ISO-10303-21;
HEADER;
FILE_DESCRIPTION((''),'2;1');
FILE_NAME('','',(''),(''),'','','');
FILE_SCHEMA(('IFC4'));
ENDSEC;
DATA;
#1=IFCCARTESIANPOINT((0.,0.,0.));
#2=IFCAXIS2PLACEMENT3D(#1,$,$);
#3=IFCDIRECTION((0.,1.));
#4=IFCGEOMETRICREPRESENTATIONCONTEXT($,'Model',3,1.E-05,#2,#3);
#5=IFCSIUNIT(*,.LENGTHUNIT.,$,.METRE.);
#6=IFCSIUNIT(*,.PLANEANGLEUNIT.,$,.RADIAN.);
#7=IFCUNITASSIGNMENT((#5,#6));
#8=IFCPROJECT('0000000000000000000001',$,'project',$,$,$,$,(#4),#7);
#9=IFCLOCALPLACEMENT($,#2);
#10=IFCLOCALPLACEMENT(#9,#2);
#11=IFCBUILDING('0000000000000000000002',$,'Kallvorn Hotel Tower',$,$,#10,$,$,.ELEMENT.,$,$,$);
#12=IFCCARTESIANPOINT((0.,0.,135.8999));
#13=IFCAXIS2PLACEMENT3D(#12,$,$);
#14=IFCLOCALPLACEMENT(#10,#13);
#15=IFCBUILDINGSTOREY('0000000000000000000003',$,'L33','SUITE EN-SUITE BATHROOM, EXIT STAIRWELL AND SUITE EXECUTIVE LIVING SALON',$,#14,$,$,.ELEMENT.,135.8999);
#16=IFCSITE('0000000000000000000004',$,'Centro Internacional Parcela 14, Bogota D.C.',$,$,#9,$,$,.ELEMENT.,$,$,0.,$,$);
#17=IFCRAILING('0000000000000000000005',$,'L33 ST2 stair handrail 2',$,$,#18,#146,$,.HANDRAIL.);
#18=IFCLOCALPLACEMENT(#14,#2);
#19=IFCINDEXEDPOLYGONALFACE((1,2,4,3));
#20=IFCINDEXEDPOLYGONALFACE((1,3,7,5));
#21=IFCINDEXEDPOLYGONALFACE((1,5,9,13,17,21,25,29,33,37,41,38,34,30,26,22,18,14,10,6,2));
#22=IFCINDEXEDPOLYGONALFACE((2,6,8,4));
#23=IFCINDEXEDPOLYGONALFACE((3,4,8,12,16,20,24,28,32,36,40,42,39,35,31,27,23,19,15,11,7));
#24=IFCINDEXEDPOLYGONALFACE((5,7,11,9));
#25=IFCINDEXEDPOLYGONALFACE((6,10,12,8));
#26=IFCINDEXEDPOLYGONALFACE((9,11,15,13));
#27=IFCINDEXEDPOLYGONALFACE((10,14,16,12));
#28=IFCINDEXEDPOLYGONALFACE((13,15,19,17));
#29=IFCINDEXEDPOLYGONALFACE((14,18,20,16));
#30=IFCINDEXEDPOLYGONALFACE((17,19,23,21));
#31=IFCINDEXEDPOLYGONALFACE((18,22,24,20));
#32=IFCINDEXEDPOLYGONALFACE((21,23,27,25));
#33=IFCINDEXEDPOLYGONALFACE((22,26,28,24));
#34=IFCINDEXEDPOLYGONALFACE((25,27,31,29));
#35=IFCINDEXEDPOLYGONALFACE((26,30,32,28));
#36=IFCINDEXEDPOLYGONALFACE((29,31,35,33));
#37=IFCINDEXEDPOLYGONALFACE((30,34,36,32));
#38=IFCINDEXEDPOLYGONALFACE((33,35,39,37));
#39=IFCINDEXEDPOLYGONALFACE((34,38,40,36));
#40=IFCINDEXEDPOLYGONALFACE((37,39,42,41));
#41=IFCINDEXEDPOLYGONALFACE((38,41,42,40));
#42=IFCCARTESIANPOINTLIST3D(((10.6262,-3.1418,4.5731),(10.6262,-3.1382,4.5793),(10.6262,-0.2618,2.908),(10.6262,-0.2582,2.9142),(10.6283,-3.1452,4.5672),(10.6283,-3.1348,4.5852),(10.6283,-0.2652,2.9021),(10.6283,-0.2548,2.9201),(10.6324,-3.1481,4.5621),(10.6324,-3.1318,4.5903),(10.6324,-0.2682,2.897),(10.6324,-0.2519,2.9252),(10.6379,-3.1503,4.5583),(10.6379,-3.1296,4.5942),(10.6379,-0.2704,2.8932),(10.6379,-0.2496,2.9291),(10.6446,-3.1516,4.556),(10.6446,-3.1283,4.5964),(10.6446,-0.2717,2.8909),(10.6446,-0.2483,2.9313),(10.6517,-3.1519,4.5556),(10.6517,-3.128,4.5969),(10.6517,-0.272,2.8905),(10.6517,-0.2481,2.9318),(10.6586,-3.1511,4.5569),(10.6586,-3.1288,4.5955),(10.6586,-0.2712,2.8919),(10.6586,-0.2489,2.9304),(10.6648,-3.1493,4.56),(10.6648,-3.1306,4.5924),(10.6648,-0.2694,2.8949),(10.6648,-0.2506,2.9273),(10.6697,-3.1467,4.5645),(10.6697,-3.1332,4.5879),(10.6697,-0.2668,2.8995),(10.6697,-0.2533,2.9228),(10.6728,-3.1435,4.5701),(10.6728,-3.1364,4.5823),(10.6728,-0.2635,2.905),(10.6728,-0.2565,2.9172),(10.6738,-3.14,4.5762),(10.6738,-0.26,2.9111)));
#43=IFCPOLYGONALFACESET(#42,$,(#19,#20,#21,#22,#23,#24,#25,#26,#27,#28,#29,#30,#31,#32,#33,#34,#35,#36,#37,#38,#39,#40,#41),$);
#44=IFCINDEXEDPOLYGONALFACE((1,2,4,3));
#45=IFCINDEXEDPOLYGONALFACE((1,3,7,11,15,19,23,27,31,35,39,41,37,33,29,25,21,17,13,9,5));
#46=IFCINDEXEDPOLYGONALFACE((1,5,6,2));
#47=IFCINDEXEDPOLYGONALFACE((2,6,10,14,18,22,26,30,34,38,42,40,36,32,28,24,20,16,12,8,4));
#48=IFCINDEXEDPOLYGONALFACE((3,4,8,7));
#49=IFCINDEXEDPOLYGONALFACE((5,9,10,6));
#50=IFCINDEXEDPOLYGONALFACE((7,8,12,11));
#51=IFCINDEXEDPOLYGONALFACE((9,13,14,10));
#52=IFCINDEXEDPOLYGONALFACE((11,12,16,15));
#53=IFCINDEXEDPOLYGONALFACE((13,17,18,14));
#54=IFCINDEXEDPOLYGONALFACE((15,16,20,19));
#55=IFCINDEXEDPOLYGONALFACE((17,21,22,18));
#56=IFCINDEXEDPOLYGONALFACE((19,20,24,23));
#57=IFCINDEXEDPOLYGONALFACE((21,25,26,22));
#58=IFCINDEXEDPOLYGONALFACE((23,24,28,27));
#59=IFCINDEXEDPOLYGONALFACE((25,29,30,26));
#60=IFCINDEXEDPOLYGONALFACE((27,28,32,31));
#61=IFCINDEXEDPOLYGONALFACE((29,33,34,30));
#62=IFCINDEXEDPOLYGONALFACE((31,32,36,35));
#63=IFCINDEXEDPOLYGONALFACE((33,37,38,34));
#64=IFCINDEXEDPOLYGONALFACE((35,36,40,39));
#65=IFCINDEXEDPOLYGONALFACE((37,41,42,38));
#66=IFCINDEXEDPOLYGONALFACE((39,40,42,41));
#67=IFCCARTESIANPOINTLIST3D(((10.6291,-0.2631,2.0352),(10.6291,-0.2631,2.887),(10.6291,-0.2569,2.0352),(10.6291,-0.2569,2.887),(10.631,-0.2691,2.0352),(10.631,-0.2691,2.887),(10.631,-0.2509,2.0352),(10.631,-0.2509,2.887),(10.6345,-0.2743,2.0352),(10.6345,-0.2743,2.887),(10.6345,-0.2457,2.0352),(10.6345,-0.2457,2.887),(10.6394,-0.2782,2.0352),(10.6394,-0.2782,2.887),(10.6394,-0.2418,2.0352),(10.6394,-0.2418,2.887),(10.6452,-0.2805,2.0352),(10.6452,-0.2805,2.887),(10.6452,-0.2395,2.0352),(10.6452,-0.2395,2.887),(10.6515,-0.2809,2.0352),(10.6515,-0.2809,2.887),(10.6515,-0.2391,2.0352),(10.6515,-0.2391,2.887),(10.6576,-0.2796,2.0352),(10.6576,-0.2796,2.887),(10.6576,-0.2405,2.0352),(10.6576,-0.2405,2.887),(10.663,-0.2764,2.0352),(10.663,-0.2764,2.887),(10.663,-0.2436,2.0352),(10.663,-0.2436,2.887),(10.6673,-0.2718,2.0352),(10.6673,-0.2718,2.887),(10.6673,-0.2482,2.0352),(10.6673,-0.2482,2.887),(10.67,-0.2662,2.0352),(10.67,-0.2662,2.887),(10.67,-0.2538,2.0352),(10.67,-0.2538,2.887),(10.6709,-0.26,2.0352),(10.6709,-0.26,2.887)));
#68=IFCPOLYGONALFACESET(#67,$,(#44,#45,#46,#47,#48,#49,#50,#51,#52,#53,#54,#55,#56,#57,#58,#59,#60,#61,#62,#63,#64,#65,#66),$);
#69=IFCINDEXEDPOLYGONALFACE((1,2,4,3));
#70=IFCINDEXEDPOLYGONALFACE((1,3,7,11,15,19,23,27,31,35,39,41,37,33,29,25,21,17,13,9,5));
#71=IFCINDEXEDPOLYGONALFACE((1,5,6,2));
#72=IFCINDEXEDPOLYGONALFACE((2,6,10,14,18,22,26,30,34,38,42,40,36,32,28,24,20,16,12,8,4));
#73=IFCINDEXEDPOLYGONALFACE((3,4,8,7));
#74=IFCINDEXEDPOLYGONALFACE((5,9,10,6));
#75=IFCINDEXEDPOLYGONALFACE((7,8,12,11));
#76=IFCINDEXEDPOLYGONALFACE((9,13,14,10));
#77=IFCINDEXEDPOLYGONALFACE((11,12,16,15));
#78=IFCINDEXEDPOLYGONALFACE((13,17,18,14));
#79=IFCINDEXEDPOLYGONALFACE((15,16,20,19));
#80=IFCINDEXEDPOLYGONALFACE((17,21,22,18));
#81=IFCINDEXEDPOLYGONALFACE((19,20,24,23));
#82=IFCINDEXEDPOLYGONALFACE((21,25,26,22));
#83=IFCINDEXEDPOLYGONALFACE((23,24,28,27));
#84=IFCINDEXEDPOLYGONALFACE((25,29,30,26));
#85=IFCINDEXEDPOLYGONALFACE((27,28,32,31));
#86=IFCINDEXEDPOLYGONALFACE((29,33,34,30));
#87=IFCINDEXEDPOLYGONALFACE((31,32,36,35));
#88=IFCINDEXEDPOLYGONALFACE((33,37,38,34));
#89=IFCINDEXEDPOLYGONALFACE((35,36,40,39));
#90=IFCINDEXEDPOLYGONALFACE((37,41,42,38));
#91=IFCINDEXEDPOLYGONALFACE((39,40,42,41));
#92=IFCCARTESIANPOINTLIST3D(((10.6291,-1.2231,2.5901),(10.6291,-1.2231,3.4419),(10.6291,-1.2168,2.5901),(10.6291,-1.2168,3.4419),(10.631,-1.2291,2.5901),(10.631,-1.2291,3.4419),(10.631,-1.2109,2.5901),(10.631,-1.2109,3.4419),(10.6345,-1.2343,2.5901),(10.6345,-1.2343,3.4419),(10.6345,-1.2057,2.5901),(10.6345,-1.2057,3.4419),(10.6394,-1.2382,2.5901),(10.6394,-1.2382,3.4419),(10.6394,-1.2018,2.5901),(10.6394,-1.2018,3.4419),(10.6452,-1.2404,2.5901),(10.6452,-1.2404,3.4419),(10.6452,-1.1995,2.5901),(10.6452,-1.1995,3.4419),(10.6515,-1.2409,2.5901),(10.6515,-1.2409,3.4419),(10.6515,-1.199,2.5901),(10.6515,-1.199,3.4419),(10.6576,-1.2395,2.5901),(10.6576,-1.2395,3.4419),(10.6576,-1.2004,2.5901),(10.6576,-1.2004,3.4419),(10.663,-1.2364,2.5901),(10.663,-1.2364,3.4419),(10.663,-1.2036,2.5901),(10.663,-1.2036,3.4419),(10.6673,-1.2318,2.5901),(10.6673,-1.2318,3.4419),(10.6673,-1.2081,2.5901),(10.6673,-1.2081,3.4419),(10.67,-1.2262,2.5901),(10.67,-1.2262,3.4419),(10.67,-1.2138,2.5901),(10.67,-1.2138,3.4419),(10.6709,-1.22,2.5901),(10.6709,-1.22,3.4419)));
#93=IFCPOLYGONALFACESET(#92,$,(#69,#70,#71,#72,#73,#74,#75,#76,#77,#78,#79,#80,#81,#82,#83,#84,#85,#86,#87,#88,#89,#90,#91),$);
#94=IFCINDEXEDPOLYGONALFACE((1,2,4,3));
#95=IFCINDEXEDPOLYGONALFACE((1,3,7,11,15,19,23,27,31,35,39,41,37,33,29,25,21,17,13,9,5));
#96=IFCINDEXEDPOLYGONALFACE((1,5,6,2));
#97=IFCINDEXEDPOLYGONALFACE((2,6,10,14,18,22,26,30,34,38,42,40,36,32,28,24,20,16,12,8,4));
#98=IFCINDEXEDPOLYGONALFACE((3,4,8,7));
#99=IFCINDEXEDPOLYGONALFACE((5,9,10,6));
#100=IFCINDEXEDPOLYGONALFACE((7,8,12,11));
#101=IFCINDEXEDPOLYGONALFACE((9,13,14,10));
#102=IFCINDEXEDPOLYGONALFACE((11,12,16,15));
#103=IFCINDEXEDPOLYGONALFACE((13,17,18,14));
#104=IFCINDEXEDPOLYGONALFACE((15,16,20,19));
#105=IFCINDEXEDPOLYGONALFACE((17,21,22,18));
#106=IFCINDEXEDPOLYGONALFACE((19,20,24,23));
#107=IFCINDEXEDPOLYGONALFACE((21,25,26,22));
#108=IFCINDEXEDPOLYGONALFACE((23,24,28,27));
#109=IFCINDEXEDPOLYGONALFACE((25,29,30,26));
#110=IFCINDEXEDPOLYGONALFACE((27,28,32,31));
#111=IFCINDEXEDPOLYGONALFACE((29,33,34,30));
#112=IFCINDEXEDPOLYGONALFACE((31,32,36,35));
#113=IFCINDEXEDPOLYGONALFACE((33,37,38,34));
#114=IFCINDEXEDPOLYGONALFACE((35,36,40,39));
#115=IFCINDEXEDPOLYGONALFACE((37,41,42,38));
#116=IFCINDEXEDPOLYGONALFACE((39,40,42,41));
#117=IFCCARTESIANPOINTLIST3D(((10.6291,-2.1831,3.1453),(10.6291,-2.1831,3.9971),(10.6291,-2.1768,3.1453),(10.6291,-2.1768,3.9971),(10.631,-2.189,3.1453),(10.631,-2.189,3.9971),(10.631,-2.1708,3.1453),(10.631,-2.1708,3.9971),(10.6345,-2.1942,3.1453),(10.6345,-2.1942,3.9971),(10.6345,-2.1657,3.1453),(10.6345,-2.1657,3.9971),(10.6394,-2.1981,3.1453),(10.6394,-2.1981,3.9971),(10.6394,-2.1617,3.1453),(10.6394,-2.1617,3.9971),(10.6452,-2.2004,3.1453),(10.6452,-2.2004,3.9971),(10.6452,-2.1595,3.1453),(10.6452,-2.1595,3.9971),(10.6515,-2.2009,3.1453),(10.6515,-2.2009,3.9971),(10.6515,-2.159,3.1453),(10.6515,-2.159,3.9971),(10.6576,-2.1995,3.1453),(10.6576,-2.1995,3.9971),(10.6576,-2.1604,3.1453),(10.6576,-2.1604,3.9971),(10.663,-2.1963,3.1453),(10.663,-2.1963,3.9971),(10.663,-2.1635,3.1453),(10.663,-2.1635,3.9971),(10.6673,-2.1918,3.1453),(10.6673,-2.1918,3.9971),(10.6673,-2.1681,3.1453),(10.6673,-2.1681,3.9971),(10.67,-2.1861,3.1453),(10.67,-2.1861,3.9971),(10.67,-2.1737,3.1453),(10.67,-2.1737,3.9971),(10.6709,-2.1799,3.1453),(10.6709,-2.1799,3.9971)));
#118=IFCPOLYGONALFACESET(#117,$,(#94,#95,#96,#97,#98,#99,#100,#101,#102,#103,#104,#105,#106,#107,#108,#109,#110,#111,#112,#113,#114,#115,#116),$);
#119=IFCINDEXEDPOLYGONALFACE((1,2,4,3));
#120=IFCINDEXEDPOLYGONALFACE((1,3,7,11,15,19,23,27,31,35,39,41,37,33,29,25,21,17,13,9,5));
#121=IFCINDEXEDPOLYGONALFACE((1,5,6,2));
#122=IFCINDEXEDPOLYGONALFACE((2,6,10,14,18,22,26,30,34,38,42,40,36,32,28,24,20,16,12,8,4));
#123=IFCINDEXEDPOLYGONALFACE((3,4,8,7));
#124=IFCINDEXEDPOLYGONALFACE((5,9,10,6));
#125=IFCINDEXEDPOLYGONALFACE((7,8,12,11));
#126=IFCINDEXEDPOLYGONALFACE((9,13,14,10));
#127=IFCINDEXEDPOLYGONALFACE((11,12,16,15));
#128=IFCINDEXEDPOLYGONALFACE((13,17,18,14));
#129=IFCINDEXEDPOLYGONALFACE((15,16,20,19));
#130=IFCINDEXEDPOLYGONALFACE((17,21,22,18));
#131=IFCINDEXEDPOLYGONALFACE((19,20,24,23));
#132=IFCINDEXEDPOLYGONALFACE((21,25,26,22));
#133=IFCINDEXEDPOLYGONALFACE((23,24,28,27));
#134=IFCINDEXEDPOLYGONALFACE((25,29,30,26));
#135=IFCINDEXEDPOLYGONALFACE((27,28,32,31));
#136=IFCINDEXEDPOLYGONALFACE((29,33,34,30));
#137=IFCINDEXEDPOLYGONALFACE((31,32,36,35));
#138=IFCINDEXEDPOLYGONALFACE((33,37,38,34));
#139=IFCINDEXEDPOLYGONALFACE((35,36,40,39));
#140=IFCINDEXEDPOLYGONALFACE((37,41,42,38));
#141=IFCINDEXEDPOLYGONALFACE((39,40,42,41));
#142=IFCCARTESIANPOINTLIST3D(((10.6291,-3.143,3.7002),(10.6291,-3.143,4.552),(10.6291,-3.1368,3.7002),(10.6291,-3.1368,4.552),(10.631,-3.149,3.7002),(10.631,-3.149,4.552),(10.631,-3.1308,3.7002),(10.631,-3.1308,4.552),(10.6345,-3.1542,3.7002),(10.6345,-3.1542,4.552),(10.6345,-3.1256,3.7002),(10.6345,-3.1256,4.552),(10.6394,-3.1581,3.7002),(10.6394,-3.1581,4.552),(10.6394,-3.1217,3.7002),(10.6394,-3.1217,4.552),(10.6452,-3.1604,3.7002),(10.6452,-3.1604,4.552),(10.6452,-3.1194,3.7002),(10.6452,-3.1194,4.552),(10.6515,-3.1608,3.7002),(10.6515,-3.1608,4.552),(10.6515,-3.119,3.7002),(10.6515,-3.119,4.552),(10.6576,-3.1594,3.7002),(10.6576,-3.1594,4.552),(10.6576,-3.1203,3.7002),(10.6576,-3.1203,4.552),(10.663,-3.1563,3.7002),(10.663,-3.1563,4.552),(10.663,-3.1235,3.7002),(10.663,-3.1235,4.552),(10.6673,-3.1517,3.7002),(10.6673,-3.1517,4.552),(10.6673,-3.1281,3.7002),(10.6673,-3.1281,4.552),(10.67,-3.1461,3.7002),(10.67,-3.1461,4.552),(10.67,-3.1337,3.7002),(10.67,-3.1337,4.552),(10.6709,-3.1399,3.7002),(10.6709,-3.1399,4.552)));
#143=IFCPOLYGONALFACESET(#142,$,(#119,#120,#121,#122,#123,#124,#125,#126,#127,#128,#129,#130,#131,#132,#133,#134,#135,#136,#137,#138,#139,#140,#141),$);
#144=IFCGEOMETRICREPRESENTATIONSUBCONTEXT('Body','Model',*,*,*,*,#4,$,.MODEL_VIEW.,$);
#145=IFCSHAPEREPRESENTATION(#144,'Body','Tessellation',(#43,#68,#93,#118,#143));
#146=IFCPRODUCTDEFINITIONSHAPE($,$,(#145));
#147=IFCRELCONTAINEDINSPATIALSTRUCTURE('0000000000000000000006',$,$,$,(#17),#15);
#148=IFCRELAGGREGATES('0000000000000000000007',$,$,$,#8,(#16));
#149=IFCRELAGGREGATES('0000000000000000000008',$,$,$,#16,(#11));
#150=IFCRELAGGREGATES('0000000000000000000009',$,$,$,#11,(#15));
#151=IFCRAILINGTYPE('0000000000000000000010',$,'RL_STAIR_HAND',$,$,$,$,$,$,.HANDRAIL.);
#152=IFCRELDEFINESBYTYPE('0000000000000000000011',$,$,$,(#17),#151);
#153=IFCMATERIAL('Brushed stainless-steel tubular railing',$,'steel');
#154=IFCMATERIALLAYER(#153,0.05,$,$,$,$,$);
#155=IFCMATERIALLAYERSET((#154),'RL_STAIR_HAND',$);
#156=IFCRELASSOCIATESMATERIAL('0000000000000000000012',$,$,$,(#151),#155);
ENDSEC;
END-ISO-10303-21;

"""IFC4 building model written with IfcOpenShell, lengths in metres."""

from ifc_helpers import new_model, si_unit, direction, frame, origin, origin_2d, place, context, subcontext, project, spatial, circle, extrude, material, layer, layer_set, type_object, element, save


model = new_model("IFC4")

# Units and contexts
model_context = context("Model", 3, precision=1e-05, world=origin(), true_north=direction((0.0, 1.0)))
body_context = subcontext(model_context, "Body", "Model", "MODEL_VIEW")
ifc_project = project(units=[si_unit("LENGTHUNIT", "METRE"), si_unit("PLANEANGLEUNIT", "RADIAN")], contexts=[model_context])

# Site, building, storey
site_placement = place(None, origin())
site = spatial("IfcSite", under=ifc_project, at=site_placement, Name="Centro Internacional Parcela 14, Bogota D.C.", CompositionType="ELEMENT", RefElevation=0.0)
building_placement = place(site_placement, origin())
building = spatial("IfcBuilding", under=site, at=building_placement, Name="Kallvorn Hotel Tower", CompositionType="ELEMENT")
storey_placement = place(building_placement, frame((0.0, 0.0, 135.8999)))
storey = spatial("IfcBuildingStorey", under=building, at=storey_placement, Name="L33", Description="SUITE EN-SUITE BATHROOM, EXIT STAIRWELL AND SUITE EXECUTIVE LIVING SALON", CompositionType="ELEMENT", Elevation=135.8999)

# Railing
ifc_material_1 = material(Name="Brushed stainless-steel tubular railing", Category="steel")
ifc_layer_1 = layer(ifc_material_1, 0.05)
ifc_layer_set_1 = layer_set([ifc_layer_1], Name="RL_STAIR_HAND")
railing_type_1 = type_object("IfcRailingType", Name="RL_STAIR_HAND", PredefinedType="HANDRAIL", material=ifc_layer_set_1)
railing_1_placement = place(storey_placement, frame((10.6499, -0.26, 2.0352)))
element("IfcRailing", 1, at=railing_1_placement, inside=storey, type_object=railing_type_1, Name="L33 ST2 stair handrail 2", PredefinedType="HANDRAIL", context=body_context, shape_type="SweptSolid", body=[
    extrude(circle(Radius=0.0239, at=origin_2d()), frame((0.0, 0.0, 0.876), z_axis=(0.0, -0.865721, 0.500527), x_axis=(1.0, 0.0, 0.0)), (0.0, 0.0, 1.0), 3.3267),
    extrude(circle(Radius=0.021, at=origin_2d()), origin(), (0.0, 0.0, 1.0), 0.8518),
    extrude(circle(Radius=0.021, at=origin_2d()), frame((0.0, -0.96, 0.5549)), (0.0, 0.0, 1.0), 0.8518),
    extrude(circle(Radius=0.021, at=origin_2d()), frame((0.0, -1.9199, 1.1101)), (0.0, 0.0, 1.0), 0.8518),
    extrude(circle(Radius=0.021, at=origin_2d()), frame((0.0, -2.8799, 1.665)), (0.0, 0.0, 1.0), 0.8518),
])

save(model, "model.ifc")
